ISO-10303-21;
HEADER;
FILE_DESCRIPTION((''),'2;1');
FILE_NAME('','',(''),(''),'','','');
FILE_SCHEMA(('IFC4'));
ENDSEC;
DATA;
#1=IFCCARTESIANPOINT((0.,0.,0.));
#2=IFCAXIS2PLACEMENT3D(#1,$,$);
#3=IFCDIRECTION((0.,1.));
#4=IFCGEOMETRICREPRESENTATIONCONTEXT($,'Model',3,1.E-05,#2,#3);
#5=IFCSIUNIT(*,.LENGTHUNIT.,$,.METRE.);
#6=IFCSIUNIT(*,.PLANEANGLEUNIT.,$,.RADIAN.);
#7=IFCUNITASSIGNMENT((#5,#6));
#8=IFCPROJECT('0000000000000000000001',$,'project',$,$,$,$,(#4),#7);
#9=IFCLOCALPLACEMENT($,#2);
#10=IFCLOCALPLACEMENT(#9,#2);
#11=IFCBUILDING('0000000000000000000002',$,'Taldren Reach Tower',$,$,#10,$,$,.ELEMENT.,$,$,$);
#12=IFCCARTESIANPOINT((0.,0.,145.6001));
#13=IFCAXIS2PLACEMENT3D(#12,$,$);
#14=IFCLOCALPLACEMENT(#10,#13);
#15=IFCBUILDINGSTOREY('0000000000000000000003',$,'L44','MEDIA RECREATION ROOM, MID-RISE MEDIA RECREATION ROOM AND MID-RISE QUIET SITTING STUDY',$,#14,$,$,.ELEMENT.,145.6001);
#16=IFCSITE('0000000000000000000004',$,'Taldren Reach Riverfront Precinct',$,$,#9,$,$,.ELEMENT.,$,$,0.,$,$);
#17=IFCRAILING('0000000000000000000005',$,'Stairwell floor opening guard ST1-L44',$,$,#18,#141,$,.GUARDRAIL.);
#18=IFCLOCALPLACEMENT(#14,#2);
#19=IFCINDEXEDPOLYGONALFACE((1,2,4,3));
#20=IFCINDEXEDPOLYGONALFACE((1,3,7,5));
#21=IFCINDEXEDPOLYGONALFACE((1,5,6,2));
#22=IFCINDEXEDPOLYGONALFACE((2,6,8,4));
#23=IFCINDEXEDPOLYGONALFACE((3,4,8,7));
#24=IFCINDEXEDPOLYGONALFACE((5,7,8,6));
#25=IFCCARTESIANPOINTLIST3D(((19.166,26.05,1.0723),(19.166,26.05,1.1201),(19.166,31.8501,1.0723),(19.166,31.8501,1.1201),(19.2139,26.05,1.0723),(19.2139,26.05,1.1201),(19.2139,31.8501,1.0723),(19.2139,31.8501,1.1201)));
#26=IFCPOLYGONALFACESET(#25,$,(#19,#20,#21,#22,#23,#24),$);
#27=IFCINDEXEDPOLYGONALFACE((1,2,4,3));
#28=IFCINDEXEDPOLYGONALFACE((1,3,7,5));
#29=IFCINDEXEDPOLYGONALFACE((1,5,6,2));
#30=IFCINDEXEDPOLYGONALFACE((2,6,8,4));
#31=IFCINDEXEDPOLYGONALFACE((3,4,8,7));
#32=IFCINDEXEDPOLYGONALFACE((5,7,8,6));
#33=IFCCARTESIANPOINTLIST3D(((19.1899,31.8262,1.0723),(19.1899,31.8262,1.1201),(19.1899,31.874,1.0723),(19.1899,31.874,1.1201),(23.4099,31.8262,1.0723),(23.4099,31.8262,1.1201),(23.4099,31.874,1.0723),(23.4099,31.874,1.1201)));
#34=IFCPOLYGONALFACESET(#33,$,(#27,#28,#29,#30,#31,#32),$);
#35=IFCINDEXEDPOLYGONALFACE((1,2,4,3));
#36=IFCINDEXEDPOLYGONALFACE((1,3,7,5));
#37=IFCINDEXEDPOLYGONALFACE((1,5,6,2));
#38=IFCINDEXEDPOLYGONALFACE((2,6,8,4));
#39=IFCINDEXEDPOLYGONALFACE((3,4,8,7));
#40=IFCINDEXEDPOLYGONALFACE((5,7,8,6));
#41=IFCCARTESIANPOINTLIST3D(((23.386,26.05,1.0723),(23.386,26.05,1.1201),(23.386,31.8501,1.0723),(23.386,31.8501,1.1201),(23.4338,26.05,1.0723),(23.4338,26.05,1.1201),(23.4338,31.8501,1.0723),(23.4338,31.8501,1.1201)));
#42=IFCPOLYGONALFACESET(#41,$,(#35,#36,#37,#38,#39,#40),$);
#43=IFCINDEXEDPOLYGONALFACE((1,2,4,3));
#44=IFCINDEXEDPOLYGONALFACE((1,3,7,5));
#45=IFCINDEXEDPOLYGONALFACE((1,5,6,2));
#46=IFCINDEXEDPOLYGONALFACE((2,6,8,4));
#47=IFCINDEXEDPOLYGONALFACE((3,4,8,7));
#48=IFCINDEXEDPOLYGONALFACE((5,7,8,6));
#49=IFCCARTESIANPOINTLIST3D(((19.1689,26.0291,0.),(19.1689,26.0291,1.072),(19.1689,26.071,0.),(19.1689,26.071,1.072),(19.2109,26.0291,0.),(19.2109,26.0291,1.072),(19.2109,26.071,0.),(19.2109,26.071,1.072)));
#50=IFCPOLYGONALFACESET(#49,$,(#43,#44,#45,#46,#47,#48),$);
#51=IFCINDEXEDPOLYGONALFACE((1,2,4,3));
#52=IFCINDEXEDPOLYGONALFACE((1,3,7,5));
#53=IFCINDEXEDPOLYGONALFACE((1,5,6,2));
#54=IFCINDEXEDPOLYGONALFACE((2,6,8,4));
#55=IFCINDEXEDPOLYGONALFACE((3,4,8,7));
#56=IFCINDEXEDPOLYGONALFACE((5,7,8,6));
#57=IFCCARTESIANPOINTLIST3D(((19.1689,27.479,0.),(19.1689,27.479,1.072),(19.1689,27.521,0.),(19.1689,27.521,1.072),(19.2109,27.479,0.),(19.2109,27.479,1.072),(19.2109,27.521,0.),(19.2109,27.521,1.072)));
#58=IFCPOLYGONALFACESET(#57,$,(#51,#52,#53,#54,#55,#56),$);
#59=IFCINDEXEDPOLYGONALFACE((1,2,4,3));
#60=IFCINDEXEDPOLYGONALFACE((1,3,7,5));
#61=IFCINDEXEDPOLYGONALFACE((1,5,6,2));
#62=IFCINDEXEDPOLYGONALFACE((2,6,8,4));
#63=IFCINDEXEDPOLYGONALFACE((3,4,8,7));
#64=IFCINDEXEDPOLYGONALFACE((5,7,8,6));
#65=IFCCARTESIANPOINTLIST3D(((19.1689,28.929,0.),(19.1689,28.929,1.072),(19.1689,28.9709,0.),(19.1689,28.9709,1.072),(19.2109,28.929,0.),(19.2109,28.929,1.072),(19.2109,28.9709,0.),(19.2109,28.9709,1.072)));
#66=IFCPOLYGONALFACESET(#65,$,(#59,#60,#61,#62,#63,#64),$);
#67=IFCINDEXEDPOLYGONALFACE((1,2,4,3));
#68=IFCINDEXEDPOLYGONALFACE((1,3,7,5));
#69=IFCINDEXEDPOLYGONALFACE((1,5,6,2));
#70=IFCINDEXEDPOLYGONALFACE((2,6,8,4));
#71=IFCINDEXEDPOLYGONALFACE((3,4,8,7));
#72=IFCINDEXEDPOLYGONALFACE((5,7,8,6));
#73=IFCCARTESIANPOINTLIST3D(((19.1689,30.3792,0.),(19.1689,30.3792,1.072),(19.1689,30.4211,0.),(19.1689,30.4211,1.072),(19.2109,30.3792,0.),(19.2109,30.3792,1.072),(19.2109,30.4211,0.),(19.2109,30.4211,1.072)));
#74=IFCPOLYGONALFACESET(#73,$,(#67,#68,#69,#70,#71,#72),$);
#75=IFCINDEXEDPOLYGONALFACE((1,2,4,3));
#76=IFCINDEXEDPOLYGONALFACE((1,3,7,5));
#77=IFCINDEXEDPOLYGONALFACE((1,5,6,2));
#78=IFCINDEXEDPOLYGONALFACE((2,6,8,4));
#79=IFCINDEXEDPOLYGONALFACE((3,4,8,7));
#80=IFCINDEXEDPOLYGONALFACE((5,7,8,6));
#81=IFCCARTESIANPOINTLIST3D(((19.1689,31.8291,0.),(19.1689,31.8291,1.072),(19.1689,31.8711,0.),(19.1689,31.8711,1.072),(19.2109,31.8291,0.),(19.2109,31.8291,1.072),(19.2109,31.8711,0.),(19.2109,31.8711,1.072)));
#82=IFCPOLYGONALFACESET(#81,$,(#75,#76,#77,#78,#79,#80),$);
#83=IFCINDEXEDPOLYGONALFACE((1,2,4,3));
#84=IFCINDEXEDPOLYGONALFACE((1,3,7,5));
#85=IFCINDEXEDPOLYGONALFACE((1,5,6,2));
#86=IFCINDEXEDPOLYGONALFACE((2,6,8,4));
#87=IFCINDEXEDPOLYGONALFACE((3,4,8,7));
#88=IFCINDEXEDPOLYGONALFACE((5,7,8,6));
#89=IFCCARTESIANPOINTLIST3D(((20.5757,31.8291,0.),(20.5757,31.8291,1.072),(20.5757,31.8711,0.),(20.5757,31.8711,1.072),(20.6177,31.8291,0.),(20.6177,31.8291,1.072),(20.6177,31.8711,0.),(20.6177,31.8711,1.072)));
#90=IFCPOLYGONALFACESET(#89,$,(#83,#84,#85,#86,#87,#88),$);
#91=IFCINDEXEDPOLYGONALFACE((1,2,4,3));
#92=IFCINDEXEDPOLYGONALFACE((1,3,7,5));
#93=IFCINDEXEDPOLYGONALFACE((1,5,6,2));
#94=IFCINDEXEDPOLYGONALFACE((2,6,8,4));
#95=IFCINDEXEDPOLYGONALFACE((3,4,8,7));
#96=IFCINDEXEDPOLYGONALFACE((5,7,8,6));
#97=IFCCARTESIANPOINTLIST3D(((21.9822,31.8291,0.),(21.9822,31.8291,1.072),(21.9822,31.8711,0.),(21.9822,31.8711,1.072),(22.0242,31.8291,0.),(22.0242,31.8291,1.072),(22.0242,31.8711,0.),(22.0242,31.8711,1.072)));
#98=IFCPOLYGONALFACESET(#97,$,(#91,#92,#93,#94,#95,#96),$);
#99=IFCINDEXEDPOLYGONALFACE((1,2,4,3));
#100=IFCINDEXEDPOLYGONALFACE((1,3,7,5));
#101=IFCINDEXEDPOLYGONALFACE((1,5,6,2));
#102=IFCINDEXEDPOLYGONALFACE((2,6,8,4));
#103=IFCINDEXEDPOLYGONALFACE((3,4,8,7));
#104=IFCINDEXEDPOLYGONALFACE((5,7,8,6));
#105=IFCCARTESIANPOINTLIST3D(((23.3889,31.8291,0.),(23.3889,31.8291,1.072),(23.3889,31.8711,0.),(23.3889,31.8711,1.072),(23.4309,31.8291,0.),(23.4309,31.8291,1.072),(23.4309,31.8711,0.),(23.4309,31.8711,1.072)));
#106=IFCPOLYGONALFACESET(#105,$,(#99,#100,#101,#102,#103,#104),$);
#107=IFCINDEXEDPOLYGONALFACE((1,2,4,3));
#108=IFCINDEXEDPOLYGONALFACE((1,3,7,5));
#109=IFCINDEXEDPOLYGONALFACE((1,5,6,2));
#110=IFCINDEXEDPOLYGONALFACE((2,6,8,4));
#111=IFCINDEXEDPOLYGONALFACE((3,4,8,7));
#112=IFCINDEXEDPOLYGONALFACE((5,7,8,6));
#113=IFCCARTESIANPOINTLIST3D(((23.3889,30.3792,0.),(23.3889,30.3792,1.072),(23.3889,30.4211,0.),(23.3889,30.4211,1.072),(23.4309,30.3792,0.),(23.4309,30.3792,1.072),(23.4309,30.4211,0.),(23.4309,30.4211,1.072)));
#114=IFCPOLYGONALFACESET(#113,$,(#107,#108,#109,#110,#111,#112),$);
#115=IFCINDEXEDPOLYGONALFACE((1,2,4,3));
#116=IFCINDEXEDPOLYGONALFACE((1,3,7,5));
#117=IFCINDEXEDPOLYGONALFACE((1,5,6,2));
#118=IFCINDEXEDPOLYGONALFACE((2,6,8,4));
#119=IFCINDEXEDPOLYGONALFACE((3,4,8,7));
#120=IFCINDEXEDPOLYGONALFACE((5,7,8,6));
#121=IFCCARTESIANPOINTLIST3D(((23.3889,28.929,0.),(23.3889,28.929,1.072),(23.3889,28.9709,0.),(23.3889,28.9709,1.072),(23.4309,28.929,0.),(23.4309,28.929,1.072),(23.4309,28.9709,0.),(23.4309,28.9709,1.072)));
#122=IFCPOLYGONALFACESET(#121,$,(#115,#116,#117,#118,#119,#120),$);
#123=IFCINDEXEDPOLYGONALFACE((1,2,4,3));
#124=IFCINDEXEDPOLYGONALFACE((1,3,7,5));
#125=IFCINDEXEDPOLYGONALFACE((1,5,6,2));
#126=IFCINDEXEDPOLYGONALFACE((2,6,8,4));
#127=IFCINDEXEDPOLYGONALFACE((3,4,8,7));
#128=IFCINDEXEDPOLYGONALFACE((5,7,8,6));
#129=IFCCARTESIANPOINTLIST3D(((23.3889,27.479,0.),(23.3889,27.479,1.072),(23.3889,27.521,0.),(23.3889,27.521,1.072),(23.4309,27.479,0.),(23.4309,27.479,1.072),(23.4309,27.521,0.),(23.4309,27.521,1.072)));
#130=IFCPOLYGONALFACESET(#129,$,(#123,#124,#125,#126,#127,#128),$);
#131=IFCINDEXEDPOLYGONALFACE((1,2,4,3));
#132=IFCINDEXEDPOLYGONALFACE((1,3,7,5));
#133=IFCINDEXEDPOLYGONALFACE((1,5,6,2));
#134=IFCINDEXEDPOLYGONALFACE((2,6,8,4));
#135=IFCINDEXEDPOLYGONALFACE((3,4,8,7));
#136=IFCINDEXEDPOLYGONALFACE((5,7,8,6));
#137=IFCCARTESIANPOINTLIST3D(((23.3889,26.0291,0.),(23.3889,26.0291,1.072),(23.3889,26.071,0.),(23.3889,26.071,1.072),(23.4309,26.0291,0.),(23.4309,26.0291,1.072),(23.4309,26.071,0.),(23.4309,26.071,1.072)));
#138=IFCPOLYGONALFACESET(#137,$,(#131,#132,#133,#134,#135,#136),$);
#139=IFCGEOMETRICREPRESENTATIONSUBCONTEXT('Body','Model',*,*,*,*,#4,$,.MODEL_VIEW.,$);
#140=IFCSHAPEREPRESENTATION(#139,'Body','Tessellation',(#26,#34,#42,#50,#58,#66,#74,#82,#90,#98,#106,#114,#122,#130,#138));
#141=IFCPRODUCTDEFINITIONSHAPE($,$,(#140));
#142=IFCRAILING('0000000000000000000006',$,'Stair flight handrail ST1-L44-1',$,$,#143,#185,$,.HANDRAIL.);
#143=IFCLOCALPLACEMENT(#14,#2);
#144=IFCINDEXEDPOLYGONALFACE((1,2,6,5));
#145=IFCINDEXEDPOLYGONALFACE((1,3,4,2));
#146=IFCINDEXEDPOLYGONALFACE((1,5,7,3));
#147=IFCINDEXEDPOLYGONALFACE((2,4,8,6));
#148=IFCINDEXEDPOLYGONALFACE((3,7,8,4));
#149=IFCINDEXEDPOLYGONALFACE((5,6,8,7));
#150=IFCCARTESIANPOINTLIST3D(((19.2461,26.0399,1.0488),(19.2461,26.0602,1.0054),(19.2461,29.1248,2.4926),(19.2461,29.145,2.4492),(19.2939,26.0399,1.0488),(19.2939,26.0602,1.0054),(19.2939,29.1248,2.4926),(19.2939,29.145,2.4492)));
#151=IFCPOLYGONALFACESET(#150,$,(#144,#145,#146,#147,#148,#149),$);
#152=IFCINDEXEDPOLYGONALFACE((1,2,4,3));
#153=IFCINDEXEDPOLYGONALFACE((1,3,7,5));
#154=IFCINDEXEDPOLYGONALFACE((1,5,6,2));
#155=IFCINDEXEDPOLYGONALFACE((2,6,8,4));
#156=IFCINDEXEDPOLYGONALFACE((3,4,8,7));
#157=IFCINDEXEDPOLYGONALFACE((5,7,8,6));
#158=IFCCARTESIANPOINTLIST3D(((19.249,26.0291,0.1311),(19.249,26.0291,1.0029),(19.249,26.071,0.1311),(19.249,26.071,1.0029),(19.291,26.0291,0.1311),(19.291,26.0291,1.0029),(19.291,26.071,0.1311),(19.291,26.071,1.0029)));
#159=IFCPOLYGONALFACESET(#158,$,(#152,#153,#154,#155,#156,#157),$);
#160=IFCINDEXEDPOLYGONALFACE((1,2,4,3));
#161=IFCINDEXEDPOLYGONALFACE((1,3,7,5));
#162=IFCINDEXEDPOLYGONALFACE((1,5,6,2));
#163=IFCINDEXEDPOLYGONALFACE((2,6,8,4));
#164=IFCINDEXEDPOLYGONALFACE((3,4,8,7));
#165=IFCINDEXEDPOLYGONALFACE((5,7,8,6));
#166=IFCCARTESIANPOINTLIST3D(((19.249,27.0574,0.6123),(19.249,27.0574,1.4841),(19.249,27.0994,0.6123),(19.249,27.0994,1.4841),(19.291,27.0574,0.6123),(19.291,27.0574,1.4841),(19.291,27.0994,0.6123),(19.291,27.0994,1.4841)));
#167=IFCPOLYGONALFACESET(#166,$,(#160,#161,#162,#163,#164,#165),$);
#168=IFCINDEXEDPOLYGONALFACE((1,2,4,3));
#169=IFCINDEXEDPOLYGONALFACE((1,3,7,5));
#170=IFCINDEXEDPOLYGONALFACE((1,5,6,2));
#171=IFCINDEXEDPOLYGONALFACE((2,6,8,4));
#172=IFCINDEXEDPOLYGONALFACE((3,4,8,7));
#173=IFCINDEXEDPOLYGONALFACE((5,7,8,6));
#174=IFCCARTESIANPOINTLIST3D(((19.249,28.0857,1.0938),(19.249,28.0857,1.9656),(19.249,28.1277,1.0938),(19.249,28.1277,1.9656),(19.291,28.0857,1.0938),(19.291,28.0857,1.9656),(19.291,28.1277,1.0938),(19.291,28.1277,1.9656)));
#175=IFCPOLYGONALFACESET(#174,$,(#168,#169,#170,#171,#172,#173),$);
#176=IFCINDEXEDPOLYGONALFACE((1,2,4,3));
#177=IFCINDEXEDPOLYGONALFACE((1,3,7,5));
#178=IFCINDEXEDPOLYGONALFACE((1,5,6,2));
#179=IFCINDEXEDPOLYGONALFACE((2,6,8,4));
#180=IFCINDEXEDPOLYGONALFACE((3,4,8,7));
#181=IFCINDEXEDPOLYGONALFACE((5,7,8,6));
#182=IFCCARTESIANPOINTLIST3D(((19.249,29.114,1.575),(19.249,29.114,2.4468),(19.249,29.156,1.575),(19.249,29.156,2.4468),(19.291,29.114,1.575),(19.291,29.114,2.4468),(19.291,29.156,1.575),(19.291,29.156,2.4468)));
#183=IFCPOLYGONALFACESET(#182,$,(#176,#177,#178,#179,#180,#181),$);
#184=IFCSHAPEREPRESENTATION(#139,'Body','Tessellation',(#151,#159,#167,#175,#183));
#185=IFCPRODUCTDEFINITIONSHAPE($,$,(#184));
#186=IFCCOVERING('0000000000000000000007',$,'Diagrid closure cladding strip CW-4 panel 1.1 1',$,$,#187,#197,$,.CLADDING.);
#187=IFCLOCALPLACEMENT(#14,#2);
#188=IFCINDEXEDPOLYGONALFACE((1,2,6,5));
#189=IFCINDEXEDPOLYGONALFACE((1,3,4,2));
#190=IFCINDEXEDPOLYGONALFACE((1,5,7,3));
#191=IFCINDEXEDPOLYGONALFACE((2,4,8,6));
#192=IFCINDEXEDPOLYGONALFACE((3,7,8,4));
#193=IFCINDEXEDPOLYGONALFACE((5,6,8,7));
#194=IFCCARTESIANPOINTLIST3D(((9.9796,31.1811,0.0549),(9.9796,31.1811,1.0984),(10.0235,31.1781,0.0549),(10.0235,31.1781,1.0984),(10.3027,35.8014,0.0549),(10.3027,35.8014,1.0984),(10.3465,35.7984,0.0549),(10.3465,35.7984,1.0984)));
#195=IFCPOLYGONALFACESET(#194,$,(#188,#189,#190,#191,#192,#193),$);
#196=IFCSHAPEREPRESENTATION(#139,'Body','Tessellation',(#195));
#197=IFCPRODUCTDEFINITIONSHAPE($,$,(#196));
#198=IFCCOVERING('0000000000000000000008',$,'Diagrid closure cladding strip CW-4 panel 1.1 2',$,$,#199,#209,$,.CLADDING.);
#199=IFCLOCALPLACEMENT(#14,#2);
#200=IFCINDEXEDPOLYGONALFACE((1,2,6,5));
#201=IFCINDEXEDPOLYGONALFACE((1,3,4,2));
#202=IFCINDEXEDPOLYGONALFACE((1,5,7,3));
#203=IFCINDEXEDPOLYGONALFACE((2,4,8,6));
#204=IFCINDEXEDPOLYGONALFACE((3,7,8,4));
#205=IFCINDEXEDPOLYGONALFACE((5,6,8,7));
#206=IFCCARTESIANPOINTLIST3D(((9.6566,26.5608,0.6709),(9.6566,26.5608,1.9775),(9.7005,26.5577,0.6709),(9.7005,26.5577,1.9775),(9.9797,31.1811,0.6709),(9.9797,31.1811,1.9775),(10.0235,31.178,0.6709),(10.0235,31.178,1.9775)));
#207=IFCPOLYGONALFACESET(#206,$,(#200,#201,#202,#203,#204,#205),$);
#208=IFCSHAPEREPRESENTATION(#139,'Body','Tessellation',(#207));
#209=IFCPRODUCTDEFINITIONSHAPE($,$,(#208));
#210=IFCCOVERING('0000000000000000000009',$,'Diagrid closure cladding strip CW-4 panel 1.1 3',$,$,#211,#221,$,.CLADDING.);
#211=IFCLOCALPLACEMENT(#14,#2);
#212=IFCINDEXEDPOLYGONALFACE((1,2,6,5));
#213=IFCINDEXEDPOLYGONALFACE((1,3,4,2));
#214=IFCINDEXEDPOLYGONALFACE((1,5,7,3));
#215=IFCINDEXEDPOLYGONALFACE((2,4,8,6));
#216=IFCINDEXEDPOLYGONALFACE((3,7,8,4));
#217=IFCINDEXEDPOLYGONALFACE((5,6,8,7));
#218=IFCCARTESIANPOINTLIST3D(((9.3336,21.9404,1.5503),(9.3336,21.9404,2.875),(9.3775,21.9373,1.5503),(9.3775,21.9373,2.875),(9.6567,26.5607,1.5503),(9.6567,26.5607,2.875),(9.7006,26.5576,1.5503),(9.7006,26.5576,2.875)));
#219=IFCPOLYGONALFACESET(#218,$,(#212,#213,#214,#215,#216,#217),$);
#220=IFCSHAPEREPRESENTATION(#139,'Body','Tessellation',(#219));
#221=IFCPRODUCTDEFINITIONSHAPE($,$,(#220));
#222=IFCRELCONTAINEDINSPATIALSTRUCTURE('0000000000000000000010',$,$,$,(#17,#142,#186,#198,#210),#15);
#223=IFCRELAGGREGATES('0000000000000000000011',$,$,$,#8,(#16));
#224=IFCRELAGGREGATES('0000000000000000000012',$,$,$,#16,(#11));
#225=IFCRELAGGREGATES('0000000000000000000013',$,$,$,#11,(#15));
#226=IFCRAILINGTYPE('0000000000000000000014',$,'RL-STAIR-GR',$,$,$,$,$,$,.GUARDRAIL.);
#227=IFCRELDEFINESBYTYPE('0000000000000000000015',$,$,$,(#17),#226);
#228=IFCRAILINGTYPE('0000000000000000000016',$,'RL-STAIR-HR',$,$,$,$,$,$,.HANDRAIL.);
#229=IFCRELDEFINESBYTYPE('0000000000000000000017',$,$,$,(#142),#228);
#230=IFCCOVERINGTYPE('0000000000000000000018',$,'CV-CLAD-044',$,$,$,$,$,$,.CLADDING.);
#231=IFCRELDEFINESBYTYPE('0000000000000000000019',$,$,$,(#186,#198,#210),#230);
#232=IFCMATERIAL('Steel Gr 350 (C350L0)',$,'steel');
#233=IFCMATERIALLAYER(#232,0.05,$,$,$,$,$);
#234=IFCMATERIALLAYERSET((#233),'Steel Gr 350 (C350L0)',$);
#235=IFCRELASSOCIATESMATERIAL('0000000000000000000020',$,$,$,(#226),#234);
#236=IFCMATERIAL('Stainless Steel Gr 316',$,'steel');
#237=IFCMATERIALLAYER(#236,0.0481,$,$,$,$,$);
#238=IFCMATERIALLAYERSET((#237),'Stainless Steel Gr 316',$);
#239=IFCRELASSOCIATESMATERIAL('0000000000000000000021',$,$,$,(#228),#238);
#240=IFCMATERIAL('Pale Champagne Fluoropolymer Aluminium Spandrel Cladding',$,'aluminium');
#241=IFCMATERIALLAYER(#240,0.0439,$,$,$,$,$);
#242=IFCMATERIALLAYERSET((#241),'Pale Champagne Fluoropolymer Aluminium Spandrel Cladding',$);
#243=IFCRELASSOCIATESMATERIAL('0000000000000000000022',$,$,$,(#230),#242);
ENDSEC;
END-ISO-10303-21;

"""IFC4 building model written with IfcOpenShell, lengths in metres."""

from ifc_helpers import new_model, si_unit, direction, frame, origin, origin_2d, place, context, subcontext, project, spatial, rectangle, extrude, source, transform, mapped, material, layer, layer_set, type_object, element, save


model = new_model("IFC4")

# Units and contexts
model_context = context("Model", 3, precision=1e-05, world=origin(), true_north=direction((0.0, 1.0)))
body_context = subcontext(model_context, "Body", "Model", "MODEL_VIEW")
ifc_project = project(units=[si_unit("LENGTHUNIT", "METRE"), si_unit("PLANEANGLEUNIT", "RADIAN")], contexts=[model_context])

# Site, building, storey
site_placement = place(None, origin())
site = spatial("IfcSite", under=ifc_project, at=site_placement, Name="Taldren Reach Riverfront Precinct", CompositionType="ELEMENT", RefElevation=0.0)
building_placement = place(site_placement, origin())
building = spatial("IfcBuilding", under=site, at=building_placement, Name="Taldren Reach Tower", CompositionType="ELEMENT")
storey_placement = place(building_placement, frame((0.0, 0.0, 145.6001)))
storey = spatial("IfcBuildingStorey", under=building, at=storey_placement, Name="L44", Description="MEDIA RECREATION ROOM, MID-RISE MEDIA RECREATION ROOM AND MID-RISE QUIET SITTING STUDY", CompositionType="ELEMENT", Elevation=145.6001)

# Shared definitions
ifc_material_1 = material(Name="Steel Gr 350 (C350L0)", Category="steel")

# Railings
ifc_layer_1 = layer(ifc_material_1, 0.05)
ifc_layer_set_1 = layer_set([ifc_layer_1], Name="Steel Gr 350 (C350L0)")
railing_type_1 = type_object("IfcRailingType", Name="RL-STAIR-GR", PredefinedType="GUARDRAIL", material=ifc_layer_set_1)
railing_1_placement = place(storey_placement, frame((19.1899, 26.05, 0.0)))
element("IfcRailing", 1, at=railing_1_placement, inside=storey, type_object=railing_type_1, Name="Stairwell floor opening guard ST1-L44", PredefinedType="GUARDRAIL", context=body_context, shape_type="SweptSolid", body=[
    extrude(rectangle(XDim=0.0479, YDim=0.0479, at=origin_2d()), frame((0.0, 0.0, 1.0962), z_axis=(0.0, 1.0, 0.0), x_axis=(-1.0, 0.0, 0.0)), (0.0, 0.0, 1.0), 5.8),
    extrude(rectangle(XDim=0.0479, YDim=0.0479, at=origin_2d()), frame((0.0, 5.8, 1.0962), z_axis=(1.0, 0.0, 0.0), x_axis=(0.0, 1.0, 0.0)), (0.0, 0.0, 1.0), 4.22),
    extrude(rectangle(XDim=0.0479, YDim=0.0479, at=origin_2d()), frame((4.22, 5.8, 1.0962), z_axis=(0.0, -1.0, 0.0), x_axis=(1.0, 0.0, 0.0)), (0.0, 0.0, 1.0), 5.8),
    extrude(rectangle(XDim=0.042, YDim=0.042, at=origin_2d()), origin(), (0.0, 0.0, 1.0), 1.072),
    extrude(rectangle(XDim=0.042, YDim=0.042, at=origin_2d()), frame((0.0, 1.45, 0.0)), (0.0, 0.0, 1.0), 1.072),
    extrude(rectangle(XDim=0.042, YDim=0.042, at=origin_2d()), frame((0.0, 2.8999, 0.0)), (0.0, 0.0, 1.0), 1.072),
    extrude(rectangle(XDim=0.042, YDim=0.042, at=origin_2d()), frame((0.0, 4.3501, 0.0)), (0.0, 0.0, 1.0), 1.072),
    extrude(rectangle(XDim=0.042, YDim=0.042, at=origin_2d()), frame((0.0, 5.8, 0.0)), (0.0, 0.0, 1.0), 1.072),
    extrude(rectangle(XDim=0.042, YDim=0.042, at=origin_2d()), frame((1.4067, 5.8, 0.0)), (0.0, 0.0, 1.0), 1.072),
    extrude(rectangle(XDim=0.042, YDim=0.042, at=origin_2d()), frame((2.8132, 5.8, 0.0)), (0.0, 0.0, 1.0), 1.072),
    extrude(rectangle(XDim=0.042, YDim=0.042, at=origin_2d()), frame((4.22, 5.8, 0.0)), (0.0, 0.0, 1.0), 1.072),
    extrude(rectangle(XDim=0.042, YDim=0.042, at=origin_2d()), frame((4.22, 4.3501, 0.0)), (0.0, 0.0, 1.0), 1.072),
    extrude(rectangle(XDim=0.042, YDim=0.042, at=origin_2d()), frame((4.22, 2.8999, 0.0)), (0.0, 0.0, 1.0), 1.072),
    extrude(rectangle(XDim=0.042, YDim=0.042, at=origin_2d()), frame((4.22, 1.45, 0.0)), (0.0, 0.0, 1.0), 1.072),
    extrude(rectangle(XDim=0.042, YDim=0.042, at=origin_2d()), frame((4.22, 0.0, 0.0)), (0.0, 0.0, 1.0), 1.072),
])
ifc_material_2 = material(Name="Stainless Steel Gr 316", Category="steel")
ifc_layer_2 = layer(ifc_material_2, 0.0481)
ifc_layer_set_2 = layer_set([ifc_layer_2], Name="Stainless Steel Gr 316")
railing_type_2 = type_object("IfcRailingType", Name="RL-STAIR-HR", PredefinedType="HANDRAIL", material=ifc_layer_set_2)
railing_2_placement = place(storey_placement, frame((19.27, 26.05, 0.1311)))
element("IfcRailing", 2, at=railing_2_placement, inside=storey, type_object=railing_type_2, Name="Stair flight handrail ST1-L44-1", PredefinedType="HANDRAIL", context=body_context, shape_type="SweptSolid", body=[
    extrude(rectangle(XDim=0.0479, YDim=0.0479, at=origin_2d()), frame((0.0, 0.0, 0.896), z_axis=(0.0, 0.90571, 0.423898), x_axis=(-1.0, 0.0, 0.0)), (0.0, 0.0, 1.0), 3.406),
    extrude(rectangle(XDim=0.042, YDim=0.042, at=origin_2d()), origin(), (0.0, 0.0, 1.0), 0.8718),
    extrude(rectangle(XDim=0.042, YDim=0.042, at=origin_2d()), frame((0.0, 1.0283, 0.4812)), (0.0, 0.0, 1.0), 0.8718),
    extrude(rectangle(XDim=0.042, YDim=0.042, at=origin_2d()), frame((0.0, 2.0566, 0.9626)), (0.0, 0.0, 1.0), 0.8718),
    extrude(rectangle(XDim=0.042, YDim=0.042, at=origin_2d()), frame((0.0, 3.085, 1.4438)), (0.0, 0.0, 1.0), 0.8718),
])

# Coverings
ifc_material_3 = material(Name="Pale Champagne Fluoropolymer Aluminium Spandrel Cladding", Category="aluminium")
ifc_layer_3 = layer(ifc_material_3, 0.0439)
ifc_layer_set_3 = layer_set([ifc_layer_3], Name="Pale Champagne Fluoropolymer Aluminium Spandrel Cladding")
covering_type = type_object("IfcCoveringType", Name="CV-CLAD-044", PredefinedType="CLADDING", material=ifc_layer_set_3)
shared_shape_1 = source(origin(), body_context, "Body", "SweptSolid", [
    extrude(rectangle(XDim=4.6316, YDim=0.0439, at=origin_2d()), origin(), (0.0, 0.0, 1.0), 1.0435),
])
covering_1_placement = place(storey_placement, frame((10.1631, 33.4897, 0.0549), z_axis=(0.0, 0.0, 1.0), x_axis=(-0.069756, -0.997564, 0.0)))
element("IfcCovering", 3, at=covering_1_placement, inside=storey, type_object=covering_type, Name="Diagrid closure cladding strip CW-4 panel 1.1 1", PredefinedType="CLADDING", context=body_context, shape_type="MappedRepresentation", body=[
    mapped(shared_shape_1, transform((0.0, 0.0, 0.0), scale=1.0)),
])
shared_shape_2 = source(origin(), body_context, "Body", "SweptSolid", [
    extrude(rectangle(XDim=4.6316, YDim=0.0439, at=origin_2d()), origin(), (0.0, 0.0, 1.0), 1.3066),
])
covering_2_placement = place(storey_placement, frame((9.8401, 28.8694, 0.6709), z_axis=(0.0, 0.0, 1.0), x_axis=(-0.069756, -0.997564, 0.0)))
element("IfcCovering", 4, at=covering_2_placement, inside=storey, type_object=covering_type, Name="Diagrid closure cladding strip CW-4 panel 1.1 2", PredefinedType="CLADDING", context=body_context, shape_type="MappedRepresentation", body=[
    mapped(shared_shape_2, transform((0.0, 0.0, 0.0), scale=1.0)),
])
shared_shape_3 = source(origin(), body_context, "Body", "SweptSolid", [
    extrude(rectangle(XDim=4.6316, YDim=0.0439, at=origin_2d()), origin(), (0.0, 0.0, 1.0), 1.3247),
])
covering_3_placement = place(storey_placement, frame((9.5171, 24.249, 1.5503), z_axis=(0.0, 0.0, 1.0), x_axis=(-0.069756, -0.997564, 0.0)))
element("IfcCovering", 5, at=covering_3_placement, inside=storey, type_object=covering_type, Name="Diagrid closure cladding strip CW-4 panel 1.1 3", PredefinedType="CLADDING", context=body_context, shape_type="MappedRepresentation", body=[
    mapped(shared_shape_3, transform((0.0, 0.0, 0.0), scale=1.0)),
])

save(model, "model.ifc")
